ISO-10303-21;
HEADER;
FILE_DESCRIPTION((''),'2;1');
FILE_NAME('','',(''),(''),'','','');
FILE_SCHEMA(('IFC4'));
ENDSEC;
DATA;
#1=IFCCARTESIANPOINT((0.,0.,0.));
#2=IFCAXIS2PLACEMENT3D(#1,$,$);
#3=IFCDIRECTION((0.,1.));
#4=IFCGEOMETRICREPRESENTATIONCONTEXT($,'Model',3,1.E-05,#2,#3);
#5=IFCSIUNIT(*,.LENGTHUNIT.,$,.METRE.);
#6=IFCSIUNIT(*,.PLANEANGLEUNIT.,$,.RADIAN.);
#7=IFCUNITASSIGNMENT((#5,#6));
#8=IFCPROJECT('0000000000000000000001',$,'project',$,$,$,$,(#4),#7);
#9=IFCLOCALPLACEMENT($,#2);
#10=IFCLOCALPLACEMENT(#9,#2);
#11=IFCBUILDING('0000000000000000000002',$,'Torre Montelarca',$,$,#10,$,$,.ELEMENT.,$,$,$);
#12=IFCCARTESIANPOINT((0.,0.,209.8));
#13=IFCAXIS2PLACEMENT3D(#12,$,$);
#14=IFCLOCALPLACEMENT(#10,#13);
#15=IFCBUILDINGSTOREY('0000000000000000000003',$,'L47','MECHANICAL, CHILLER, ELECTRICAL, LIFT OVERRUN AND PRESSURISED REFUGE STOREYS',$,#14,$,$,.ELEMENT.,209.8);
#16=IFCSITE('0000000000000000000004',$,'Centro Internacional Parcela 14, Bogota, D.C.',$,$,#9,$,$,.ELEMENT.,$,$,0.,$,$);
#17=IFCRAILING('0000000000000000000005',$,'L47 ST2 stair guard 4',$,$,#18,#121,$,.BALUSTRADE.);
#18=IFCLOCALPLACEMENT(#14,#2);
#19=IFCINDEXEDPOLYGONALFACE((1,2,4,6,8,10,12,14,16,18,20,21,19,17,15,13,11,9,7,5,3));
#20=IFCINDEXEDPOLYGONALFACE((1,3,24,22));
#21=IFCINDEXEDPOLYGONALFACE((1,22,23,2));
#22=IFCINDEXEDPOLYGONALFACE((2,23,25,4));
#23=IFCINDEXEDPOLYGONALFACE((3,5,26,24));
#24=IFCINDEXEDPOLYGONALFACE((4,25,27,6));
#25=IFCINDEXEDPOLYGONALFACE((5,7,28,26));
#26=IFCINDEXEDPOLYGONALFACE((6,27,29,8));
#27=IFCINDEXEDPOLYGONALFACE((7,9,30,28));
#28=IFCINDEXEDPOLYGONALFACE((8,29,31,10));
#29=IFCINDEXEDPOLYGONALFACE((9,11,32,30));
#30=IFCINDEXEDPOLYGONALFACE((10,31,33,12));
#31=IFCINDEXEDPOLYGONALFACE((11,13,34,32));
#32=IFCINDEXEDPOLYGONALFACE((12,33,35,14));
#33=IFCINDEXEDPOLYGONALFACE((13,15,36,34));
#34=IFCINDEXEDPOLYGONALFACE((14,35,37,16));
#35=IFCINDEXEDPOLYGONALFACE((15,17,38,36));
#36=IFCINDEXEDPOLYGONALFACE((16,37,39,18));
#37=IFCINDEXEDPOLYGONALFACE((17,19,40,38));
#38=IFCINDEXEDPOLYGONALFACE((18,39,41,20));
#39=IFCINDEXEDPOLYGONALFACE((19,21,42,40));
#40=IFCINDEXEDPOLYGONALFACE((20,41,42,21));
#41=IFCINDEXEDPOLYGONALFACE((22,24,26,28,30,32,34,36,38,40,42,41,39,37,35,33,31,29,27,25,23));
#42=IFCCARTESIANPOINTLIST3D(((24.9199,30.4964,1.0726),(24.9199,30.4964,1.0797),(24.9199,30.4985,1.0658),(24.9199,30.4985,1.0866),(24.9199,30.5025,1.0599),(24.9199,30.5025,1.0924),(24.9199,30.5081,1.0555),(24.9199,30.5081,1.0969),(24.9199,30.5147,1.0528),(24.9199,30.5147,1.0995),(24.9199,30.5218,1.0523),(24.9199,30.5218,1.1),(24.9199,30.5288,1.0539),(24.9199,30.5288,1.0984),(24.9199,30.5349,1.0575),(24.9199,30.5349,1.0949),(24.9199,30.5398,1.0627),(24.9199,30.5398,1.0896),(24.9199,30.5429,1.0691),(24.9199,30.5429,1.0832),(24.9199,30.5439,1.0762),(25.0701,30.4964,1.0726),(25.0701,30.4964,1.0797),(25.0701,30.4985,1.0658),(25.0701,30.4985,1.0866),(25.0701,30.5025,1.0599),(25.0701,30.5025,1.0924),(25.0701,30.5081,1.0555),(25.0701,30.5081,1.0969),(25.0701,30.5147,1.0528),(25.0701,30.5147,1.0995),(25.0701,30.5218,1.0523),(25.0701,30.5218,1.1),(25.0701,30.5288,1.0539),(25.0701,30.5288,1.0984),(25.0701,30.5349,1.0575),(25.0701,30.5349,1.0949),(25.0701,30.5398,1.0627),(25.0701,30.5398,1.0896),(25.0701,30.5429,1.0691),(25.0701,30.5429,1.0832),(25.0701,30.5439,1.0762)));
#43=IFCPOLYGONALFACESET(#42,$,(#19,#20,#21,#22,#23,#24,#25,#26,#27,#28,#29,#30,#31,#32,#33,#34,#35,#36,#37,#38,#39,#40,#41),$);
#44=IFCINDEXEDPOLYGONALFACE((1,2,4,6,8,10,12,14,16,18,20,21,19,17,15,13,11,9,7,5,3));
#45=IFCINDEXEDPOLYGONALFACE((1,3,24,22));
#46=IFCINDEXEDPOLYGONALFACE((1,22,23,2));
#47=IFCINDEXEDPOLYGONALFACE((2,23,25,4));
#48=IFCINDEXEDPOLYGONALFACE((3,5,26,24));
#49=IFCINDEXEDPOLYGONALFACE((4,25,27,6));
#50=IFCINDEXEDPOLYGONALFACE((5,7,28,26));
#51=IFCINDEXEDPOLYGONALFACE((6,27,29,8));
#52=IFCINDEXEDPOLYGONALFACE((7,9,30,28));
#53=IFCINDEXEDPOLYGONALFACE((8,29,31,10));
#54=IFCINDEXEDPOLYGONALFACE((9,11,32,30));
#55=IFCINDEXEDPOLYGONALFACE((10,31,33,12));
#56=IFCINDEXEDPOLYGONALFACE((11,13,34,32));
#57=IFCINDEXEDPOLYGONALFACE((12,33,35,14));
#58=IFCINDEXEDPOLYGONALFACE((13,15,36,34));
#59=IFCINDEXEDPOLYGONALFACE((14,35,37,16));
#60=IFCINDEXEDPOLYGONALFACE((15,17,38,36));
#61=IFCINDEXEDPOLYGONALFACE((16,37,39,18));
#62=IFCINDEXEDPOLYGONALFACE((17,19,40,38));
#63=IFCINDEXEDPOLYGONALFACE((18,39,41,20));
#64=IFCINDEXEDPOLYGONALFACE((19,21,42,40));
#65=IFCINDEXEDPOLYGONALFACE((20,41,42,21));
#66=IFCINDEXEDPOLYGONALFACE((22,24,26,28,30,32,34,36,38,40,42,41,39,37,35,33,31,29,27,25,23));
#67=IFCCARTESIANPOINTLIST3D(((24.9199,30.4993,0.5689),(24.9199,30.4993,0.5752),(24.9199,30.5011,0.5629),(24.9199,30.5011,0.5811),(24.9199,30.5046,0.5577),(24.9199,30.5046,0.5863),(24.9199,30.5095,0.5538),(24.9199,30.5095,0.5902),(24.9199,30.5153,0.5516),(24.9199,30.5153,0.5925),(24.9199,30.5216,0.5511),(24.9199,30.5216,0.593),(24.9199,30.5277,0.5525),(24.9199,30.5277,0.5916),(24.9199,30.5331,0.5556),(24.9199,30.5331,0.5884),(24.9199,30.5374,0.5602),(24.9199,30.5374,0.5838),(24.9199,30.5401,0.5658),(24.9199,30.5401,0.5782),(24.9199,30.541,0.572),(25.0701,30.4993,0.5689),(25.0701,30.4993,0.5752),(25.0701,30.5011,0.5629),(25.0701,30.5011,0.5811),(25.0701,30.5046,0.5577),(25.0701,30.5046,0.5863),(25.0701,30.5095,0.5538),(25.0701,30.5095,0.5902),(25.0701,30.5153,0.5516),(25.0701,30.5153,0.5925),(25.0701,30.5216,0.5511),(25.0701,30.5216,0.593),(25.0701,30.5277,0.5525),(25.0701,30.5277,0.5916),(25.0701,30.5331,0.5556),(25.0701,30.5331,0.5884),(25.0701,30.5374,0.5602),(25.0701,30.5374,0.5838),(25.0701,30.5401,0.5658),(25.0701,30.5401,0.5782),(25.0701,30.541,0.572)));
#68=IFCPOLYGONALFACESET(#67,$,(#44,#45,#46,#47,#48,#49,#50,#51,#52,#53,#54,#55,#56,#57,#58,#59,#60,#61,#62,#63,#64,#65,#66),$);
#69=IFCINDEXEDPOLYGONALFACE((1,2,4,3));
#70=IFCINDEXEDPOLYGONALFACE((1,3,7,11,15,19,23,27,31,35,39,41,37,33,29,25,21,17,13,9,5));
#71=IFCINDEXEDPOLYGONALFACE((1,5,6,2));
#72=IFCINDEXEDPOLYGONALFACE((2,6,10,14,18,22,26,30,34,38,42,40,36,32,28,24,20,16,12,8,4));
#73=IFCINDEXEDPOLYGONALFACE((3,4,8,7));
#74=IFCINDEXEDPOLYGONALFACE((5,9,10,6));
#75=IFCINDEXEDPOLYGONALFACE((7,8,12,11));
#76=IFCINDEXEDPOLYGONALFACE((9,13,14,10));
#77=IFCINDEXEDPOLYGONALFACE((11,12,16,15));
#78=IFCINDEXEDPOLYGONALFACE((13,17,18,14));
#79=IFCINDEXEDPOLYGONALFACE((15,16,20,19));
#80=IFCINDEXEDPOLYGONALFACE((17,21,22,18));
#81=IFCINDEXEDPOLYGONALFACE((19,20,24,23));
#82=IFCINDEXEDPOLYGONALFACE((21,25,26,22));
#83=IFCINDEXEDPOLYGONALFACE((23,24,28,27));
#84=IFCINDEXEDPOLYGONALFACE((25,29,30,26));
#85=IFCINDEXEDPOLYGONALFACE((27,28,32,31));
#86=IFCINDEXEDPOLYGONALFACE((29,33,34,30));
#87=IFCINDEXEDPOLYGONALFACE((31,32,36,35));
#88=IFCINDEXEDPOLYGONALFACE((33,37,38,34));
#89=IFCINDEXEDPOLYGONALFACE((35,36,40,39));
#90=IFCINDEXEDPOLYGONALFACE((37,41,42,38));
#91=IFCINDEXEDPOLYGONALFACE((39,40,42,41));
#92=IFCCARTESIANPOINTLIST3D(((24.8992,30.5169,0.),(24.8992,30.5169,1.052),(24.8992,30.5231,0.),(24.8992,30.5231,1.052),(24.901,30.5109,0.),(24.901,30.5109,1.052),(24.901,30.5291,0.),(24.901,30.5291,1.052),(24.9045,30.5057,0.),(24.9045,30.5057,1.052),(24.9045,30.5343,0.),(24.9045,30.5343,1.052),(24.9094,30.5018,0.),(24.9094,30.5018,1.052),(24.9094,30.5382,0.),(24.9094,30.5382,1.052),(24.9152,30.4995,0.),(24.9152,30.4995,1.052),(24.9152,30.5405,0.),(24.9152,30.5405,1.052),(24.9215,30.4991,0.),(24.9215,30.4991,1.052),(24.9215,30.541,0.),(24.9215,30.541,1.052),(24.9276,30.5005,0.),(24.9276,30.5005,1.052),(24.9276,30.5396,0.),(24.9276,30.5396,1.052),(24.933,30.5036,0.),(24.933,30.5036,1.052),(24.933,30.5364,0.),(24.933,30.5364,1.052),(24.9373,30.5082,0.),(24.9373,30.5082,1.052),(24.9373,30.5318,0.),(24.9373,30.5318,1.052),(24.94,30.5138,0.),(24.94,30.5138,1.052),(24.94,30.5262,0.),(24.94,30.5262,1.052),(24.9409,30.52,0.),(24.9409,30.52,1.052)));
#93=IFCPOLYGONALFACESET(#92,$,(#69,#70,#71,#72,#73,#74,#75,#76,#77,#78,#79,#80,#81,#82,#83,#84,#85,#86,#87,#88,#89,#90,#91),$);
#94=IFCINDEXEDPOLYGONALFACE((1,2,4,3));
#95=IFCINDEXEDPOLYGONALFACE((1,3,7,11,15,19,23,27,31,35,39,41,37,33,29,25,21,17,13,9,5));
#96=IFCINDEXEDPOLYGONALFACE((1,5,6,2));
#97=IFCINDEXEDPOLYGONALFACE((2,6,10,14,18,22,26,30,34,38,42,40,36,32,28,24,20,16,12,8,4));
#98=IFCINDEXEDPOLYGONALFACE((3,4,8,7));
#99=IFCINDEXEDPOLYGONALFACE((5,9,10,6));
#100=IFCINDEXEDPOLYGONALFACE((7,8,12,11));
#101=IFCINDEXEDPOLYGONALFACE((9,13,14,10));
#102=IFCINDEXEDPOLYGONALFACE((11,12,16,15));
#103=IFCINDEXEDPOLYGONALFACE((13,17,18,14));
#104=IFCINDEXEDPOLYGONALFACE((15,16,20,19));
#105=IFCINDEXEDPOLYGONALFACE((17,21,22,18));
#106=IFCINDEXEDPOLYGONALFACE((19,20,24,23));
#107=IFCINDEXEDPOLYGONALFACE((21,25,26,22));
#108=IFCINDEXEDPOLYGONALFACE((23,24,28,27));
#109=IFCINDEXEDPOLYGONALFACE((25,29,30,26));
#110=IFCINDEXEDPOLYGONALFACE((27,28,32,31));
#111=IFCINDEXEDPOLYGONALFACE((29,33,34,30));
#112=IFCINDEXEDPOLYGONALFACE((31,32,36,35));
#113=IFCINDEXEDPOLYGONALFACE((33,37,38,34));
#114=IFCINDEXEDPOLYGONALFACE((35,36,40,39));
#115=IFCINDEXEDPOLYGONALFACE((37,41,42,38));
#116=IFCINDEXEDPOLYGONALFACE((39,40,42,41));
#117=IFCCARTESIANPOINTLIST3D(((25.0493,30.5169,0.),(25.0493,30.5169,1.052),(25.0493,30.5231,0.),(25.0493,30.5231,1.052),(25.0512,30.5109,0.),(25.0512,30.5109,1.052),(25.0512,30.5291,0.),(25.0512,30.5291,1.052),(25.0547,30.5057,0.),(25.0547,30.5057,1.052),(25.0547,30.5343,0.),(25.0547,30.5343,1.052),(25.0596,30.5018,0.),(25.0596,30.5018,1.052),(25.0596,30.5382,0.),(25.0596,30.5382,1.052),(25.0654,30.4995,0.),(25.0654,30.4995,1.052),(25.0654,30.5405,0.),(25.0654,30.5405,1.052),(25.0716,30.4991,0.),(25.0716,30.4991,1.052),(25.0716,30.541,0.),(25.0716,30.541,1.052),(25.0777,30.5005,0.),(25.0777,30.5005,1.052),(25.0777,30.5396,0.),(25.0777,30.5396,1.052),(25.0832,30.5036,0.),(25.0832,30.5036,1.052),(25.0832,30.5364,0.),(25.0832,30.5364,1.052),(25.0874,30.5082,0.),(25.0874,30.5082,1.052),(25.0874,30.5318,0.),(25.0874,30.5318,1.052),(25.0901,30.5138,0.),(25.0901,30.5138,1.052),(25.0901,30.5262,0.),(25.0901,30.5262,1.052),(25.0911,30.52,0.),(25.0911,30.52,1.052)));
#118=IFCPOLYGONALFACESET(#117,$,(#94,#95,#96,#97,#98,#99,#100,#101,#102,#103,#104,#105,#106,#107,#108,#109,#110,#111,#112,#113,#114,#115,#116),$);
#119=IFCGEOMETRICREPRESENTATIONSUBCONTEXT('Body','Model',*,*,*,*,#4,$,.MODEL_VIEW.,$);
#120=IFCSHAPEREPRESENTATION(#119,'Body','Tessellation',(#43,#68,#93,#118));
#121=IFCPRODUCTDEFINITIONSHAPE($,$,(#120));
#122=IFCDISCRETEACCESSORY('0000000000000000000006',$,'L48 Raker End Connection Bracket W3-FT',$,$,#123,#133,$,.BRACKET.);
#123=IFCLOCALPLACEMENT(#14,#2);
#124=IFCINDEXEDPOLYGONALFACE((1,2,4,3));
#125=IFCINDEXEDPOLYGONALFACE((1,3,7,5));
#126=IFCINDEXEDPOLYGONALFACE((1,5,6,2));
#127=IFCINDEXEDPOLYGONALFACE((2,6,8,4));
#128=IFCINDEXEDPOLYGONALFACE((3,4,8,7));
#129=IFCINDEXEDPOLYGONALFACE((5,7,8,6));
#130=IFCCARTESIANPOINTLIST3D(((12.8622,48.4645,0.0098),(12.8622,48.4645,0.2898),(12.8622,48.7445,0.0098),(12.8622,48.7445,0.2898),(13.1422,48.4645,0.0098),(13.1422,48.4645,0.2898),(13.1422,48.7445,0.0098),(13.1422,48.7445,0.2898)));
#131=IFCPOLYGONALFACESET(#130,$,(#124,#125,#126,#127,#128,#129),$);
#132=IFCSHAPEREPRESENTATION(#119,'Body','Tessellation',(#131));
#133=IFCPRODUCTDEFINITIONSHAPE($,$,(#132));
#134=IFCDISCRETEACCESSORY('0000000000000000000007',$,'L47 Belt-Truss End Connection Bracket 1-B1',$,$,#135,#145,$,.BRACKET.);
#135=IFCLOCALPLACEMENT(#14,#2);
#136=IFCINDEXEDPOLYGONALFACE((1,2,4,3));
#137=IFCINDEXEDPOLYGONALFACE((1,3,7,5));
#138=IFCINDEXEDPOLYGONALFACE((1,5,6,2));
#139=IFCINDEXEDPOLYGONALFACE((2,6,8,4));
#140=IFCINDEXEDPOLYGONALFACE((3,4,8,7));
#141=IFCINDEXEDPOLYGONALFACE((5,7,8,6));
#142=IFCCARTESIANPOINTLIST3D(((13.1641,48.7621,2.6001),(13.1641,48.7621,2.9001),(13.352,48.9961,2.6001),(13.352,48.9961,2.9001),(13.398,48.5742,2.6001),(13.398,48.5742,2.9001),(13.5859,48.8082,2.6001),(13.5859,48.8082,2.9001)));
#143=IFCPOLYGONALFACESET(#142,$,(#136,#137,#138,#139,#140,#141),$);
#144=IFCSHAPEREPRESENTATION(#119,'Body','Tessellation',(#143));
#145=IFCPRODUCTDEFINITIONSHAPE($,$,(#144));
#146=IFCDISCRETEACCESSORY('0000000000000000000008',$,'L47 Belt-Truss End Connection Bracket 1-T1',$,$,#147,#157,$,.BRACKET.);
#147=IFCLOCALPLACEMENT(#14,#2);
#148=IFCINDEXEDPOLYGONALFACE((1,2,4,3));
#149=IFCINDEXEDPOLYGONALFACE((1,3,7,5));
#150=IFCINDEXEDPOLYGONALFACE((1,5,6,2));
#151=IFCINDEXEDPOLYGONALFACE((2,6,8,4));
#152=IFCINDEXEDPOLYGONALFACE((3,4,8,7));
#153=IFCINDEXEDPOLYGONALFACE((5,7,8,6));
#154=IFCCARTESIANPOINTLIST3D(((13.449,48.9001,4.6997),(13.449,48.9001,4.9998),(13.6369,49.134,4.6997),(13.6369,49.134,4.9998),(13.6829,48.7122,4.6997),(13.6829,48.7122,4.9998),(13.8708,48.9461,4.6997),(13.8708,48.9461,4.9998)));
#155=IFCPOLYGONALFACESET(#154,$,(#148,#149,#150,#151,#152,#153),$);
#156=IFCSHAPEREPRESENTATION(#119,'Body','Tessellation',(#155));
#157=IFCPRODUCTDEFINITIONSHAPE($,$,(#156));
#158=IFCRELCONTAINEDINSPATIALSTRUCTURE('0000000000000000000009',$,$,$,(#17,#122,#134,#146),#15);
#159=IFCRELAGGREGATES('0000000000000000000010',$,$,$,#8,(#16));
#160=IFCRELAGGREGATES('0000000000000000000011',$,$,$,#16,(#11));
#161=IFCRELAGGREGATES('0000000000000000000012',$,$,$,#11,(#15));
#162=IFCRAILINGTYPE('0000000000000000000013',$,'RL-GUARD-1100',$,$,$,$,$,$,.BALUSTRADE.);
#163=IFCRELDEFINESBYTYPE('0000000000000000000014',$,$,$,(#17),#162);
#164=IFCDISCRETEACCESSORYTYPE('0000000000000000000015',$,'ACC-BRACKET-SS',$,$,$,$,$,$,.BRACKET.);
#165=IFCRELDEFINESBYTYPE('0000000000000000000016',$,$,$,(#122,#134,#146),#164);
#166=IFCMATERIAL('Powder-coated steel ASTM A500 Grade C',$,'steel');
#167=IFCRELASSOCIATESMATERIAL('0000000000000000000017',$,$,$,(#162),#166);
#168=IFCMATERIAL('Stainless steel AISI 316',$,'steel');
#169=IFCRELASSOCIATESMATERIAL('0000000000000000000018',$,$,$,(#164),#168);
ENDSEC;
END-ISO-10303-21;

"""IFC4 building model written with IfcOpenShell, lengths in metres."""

from ifc_helpers import new_model, si_unit, direction, frame, origin, origin_2d, place, context, subcontext, project, spatial, rectangle, circle, extrude, source, transform, mapped, material, type_object, element, save


model = new_model("IFC4")

# Units and contexts
model_context = context("Model", 3, precision=1e-05, world=origin(), true_north=direction((0.0, 1.0)))
body_context = subcontext(model_context, "Body", "Model", "MODEL_VIEW")
ifc_project = project(units=[si_unit("LENGTHUNIT", "METRE"), si_unit("PLANEANGLEUNIT", "RADIAN")], contexts=[model_context])

# Site, building, storey
site_placement = place(None, origin())
site = spatial("IfcSite", under=ifc_project, at=site_placement, Name="Centro Internacional Parcela 14, Bogota, D.C.", CompositionType="ELEMENT", RefElevation=0.0)
building_placement = place(site_placement, origin())
building = spatial("IfcBuilding", under=site, at=building_placement, Name="Torre Montelarca", CompositionType="ELEMENT")
storey_placement = place(building_placement, frame((0.0, 0.0, 209.8)))
storey = spatial("IfcBuildingStorey", under=building, at=storey_placement, Name="L47", Description="MECHANICAL, CHILLER, ELECTRICAL, LIFT OVERRUN AND PRESSURISED REFUGE STOREYS", CompositionType="ELEMENT", Elevation=209.8)

# Railing
ifc_material_1 = material(Name="Powder-coated steel ASTM A500 Grade C", Category="steel")
railing_type = type_object("IfcRailingType", Name="RL-GUARD-1100", PredefinedType="BALUSTRADE", material=ifc_material_1)
railing_1_placement = place(storey_placement, frame((24.9199, 30.52, 0.0)))
element("IfcRailing", 1, at=railing_1_placement, inside=storey, type_object=railing_type, Name="L47 ST2 stair guard 4", PredefinedType="BALUSTRADE", context=body_context, shape_type="SweptSolid", body=[
    extrude(circle(Radius=0.0239, at=origin_2d()), frame((0.0, 0.0, 1.0762), z_axis=(1.0, 0.0, 0.0), x_axis=(0.0, 1.0, 0.0)), (0.0, 0.0, 1.0), 0.1501),
    extrude(circle(Radius=0.021, at=origin_2d()), frame((0.0, 0.0, 0.572), z_axis=(1.0, 0.0, 0.0), x_axis=(0.0, 1.0, 0.0)), (0.0, 0.0, 1.0), 0.1501),
    extrude(circle(Radius=0.021, at=origin_2d()), origin(), (0.0, 0.0, 1.0), 1.052),
    extrude(circle(Radius=0.021, at=origin_2d()), frame((0.1501, 0.0, 0.0)), (0.0, 0.0, 1.0), 1.052),
])

# Discrete accessories
ifc_material_2 = material(Name="Stainless steel AISI 316", Category="steel")
discrete_accessory_type = type_object("IfcDiscreteAccessoryType", Name="ACC-BRACKET-SS", PredefinedType="BRACKET", material=ifc_material_2)
shared_shape_1 = source(origin(), body_context, "Body", "SweptSolid", [
    extrude(rectangle(XDim=0.28, YDim=0.28, at=origin_2d()), origin(), (0.0, 0.0, 1.0), 0.28),
])
discrete_accessory_placement = place(storey_placement, frame((13.0022, 48.6045, 0.0098), z_axis=(0.0, 0.0, 1.0), x_axis=(1.0, 0.0, 0.0)))
element("IfcDiscreteAccessory", 2, at=discrete_accessory_placement, inside=storey, type_object=discrete_accessory_type, Name="L48 Raker End Connection Bracket W3-FT", PredefinedType="BRACKET", context=body_context, shape_type="MappedRepresentation", body=[
    mapped(shared_shape_1, transform((0.0, 0.0, 0.0), scale=1.0)),
])
shared_shape_2 = source(origin(), body_context, "Body", "SweptSolid", [
    extrude(rectangle(XDim=0.3, YDim=0.3, at=origin_2d()), origin(), (0.0, 0.0, 1.0), 0.3),
])
for number, where, z_axis, x_axis, name in (
    (3, (13.375, 48.7852, 2.6001), (0.0, 0.0, 1.0), (0.626196, 0.779666, 0.0), "L47 Belt-Truss End Connection Bracket 1-B1"),
    (4, (13.6599, 48.9231, 4.6997), (0.0, 0.0, 1.0), (0.626196, 0.779666, 0.0), "L47 Belt-Truss End Connection Bracket 1-T1"),
):
    element("IfcDiscreteAccessory", number, at=place(storey_placement, frame(where, z_axis=z_axis, x_axis=x_axis)), inside=storey, type_object=discrete_accessory_type, Name=name, PredefinedType="BRACKET", context=body_context, shape_type="MappedRepresentation", body=[
        mapped(shared_shape_2, transform((0.0, 0.0, 0.0), scale=1.0)),
    ])

save(model, "model.ifc")
